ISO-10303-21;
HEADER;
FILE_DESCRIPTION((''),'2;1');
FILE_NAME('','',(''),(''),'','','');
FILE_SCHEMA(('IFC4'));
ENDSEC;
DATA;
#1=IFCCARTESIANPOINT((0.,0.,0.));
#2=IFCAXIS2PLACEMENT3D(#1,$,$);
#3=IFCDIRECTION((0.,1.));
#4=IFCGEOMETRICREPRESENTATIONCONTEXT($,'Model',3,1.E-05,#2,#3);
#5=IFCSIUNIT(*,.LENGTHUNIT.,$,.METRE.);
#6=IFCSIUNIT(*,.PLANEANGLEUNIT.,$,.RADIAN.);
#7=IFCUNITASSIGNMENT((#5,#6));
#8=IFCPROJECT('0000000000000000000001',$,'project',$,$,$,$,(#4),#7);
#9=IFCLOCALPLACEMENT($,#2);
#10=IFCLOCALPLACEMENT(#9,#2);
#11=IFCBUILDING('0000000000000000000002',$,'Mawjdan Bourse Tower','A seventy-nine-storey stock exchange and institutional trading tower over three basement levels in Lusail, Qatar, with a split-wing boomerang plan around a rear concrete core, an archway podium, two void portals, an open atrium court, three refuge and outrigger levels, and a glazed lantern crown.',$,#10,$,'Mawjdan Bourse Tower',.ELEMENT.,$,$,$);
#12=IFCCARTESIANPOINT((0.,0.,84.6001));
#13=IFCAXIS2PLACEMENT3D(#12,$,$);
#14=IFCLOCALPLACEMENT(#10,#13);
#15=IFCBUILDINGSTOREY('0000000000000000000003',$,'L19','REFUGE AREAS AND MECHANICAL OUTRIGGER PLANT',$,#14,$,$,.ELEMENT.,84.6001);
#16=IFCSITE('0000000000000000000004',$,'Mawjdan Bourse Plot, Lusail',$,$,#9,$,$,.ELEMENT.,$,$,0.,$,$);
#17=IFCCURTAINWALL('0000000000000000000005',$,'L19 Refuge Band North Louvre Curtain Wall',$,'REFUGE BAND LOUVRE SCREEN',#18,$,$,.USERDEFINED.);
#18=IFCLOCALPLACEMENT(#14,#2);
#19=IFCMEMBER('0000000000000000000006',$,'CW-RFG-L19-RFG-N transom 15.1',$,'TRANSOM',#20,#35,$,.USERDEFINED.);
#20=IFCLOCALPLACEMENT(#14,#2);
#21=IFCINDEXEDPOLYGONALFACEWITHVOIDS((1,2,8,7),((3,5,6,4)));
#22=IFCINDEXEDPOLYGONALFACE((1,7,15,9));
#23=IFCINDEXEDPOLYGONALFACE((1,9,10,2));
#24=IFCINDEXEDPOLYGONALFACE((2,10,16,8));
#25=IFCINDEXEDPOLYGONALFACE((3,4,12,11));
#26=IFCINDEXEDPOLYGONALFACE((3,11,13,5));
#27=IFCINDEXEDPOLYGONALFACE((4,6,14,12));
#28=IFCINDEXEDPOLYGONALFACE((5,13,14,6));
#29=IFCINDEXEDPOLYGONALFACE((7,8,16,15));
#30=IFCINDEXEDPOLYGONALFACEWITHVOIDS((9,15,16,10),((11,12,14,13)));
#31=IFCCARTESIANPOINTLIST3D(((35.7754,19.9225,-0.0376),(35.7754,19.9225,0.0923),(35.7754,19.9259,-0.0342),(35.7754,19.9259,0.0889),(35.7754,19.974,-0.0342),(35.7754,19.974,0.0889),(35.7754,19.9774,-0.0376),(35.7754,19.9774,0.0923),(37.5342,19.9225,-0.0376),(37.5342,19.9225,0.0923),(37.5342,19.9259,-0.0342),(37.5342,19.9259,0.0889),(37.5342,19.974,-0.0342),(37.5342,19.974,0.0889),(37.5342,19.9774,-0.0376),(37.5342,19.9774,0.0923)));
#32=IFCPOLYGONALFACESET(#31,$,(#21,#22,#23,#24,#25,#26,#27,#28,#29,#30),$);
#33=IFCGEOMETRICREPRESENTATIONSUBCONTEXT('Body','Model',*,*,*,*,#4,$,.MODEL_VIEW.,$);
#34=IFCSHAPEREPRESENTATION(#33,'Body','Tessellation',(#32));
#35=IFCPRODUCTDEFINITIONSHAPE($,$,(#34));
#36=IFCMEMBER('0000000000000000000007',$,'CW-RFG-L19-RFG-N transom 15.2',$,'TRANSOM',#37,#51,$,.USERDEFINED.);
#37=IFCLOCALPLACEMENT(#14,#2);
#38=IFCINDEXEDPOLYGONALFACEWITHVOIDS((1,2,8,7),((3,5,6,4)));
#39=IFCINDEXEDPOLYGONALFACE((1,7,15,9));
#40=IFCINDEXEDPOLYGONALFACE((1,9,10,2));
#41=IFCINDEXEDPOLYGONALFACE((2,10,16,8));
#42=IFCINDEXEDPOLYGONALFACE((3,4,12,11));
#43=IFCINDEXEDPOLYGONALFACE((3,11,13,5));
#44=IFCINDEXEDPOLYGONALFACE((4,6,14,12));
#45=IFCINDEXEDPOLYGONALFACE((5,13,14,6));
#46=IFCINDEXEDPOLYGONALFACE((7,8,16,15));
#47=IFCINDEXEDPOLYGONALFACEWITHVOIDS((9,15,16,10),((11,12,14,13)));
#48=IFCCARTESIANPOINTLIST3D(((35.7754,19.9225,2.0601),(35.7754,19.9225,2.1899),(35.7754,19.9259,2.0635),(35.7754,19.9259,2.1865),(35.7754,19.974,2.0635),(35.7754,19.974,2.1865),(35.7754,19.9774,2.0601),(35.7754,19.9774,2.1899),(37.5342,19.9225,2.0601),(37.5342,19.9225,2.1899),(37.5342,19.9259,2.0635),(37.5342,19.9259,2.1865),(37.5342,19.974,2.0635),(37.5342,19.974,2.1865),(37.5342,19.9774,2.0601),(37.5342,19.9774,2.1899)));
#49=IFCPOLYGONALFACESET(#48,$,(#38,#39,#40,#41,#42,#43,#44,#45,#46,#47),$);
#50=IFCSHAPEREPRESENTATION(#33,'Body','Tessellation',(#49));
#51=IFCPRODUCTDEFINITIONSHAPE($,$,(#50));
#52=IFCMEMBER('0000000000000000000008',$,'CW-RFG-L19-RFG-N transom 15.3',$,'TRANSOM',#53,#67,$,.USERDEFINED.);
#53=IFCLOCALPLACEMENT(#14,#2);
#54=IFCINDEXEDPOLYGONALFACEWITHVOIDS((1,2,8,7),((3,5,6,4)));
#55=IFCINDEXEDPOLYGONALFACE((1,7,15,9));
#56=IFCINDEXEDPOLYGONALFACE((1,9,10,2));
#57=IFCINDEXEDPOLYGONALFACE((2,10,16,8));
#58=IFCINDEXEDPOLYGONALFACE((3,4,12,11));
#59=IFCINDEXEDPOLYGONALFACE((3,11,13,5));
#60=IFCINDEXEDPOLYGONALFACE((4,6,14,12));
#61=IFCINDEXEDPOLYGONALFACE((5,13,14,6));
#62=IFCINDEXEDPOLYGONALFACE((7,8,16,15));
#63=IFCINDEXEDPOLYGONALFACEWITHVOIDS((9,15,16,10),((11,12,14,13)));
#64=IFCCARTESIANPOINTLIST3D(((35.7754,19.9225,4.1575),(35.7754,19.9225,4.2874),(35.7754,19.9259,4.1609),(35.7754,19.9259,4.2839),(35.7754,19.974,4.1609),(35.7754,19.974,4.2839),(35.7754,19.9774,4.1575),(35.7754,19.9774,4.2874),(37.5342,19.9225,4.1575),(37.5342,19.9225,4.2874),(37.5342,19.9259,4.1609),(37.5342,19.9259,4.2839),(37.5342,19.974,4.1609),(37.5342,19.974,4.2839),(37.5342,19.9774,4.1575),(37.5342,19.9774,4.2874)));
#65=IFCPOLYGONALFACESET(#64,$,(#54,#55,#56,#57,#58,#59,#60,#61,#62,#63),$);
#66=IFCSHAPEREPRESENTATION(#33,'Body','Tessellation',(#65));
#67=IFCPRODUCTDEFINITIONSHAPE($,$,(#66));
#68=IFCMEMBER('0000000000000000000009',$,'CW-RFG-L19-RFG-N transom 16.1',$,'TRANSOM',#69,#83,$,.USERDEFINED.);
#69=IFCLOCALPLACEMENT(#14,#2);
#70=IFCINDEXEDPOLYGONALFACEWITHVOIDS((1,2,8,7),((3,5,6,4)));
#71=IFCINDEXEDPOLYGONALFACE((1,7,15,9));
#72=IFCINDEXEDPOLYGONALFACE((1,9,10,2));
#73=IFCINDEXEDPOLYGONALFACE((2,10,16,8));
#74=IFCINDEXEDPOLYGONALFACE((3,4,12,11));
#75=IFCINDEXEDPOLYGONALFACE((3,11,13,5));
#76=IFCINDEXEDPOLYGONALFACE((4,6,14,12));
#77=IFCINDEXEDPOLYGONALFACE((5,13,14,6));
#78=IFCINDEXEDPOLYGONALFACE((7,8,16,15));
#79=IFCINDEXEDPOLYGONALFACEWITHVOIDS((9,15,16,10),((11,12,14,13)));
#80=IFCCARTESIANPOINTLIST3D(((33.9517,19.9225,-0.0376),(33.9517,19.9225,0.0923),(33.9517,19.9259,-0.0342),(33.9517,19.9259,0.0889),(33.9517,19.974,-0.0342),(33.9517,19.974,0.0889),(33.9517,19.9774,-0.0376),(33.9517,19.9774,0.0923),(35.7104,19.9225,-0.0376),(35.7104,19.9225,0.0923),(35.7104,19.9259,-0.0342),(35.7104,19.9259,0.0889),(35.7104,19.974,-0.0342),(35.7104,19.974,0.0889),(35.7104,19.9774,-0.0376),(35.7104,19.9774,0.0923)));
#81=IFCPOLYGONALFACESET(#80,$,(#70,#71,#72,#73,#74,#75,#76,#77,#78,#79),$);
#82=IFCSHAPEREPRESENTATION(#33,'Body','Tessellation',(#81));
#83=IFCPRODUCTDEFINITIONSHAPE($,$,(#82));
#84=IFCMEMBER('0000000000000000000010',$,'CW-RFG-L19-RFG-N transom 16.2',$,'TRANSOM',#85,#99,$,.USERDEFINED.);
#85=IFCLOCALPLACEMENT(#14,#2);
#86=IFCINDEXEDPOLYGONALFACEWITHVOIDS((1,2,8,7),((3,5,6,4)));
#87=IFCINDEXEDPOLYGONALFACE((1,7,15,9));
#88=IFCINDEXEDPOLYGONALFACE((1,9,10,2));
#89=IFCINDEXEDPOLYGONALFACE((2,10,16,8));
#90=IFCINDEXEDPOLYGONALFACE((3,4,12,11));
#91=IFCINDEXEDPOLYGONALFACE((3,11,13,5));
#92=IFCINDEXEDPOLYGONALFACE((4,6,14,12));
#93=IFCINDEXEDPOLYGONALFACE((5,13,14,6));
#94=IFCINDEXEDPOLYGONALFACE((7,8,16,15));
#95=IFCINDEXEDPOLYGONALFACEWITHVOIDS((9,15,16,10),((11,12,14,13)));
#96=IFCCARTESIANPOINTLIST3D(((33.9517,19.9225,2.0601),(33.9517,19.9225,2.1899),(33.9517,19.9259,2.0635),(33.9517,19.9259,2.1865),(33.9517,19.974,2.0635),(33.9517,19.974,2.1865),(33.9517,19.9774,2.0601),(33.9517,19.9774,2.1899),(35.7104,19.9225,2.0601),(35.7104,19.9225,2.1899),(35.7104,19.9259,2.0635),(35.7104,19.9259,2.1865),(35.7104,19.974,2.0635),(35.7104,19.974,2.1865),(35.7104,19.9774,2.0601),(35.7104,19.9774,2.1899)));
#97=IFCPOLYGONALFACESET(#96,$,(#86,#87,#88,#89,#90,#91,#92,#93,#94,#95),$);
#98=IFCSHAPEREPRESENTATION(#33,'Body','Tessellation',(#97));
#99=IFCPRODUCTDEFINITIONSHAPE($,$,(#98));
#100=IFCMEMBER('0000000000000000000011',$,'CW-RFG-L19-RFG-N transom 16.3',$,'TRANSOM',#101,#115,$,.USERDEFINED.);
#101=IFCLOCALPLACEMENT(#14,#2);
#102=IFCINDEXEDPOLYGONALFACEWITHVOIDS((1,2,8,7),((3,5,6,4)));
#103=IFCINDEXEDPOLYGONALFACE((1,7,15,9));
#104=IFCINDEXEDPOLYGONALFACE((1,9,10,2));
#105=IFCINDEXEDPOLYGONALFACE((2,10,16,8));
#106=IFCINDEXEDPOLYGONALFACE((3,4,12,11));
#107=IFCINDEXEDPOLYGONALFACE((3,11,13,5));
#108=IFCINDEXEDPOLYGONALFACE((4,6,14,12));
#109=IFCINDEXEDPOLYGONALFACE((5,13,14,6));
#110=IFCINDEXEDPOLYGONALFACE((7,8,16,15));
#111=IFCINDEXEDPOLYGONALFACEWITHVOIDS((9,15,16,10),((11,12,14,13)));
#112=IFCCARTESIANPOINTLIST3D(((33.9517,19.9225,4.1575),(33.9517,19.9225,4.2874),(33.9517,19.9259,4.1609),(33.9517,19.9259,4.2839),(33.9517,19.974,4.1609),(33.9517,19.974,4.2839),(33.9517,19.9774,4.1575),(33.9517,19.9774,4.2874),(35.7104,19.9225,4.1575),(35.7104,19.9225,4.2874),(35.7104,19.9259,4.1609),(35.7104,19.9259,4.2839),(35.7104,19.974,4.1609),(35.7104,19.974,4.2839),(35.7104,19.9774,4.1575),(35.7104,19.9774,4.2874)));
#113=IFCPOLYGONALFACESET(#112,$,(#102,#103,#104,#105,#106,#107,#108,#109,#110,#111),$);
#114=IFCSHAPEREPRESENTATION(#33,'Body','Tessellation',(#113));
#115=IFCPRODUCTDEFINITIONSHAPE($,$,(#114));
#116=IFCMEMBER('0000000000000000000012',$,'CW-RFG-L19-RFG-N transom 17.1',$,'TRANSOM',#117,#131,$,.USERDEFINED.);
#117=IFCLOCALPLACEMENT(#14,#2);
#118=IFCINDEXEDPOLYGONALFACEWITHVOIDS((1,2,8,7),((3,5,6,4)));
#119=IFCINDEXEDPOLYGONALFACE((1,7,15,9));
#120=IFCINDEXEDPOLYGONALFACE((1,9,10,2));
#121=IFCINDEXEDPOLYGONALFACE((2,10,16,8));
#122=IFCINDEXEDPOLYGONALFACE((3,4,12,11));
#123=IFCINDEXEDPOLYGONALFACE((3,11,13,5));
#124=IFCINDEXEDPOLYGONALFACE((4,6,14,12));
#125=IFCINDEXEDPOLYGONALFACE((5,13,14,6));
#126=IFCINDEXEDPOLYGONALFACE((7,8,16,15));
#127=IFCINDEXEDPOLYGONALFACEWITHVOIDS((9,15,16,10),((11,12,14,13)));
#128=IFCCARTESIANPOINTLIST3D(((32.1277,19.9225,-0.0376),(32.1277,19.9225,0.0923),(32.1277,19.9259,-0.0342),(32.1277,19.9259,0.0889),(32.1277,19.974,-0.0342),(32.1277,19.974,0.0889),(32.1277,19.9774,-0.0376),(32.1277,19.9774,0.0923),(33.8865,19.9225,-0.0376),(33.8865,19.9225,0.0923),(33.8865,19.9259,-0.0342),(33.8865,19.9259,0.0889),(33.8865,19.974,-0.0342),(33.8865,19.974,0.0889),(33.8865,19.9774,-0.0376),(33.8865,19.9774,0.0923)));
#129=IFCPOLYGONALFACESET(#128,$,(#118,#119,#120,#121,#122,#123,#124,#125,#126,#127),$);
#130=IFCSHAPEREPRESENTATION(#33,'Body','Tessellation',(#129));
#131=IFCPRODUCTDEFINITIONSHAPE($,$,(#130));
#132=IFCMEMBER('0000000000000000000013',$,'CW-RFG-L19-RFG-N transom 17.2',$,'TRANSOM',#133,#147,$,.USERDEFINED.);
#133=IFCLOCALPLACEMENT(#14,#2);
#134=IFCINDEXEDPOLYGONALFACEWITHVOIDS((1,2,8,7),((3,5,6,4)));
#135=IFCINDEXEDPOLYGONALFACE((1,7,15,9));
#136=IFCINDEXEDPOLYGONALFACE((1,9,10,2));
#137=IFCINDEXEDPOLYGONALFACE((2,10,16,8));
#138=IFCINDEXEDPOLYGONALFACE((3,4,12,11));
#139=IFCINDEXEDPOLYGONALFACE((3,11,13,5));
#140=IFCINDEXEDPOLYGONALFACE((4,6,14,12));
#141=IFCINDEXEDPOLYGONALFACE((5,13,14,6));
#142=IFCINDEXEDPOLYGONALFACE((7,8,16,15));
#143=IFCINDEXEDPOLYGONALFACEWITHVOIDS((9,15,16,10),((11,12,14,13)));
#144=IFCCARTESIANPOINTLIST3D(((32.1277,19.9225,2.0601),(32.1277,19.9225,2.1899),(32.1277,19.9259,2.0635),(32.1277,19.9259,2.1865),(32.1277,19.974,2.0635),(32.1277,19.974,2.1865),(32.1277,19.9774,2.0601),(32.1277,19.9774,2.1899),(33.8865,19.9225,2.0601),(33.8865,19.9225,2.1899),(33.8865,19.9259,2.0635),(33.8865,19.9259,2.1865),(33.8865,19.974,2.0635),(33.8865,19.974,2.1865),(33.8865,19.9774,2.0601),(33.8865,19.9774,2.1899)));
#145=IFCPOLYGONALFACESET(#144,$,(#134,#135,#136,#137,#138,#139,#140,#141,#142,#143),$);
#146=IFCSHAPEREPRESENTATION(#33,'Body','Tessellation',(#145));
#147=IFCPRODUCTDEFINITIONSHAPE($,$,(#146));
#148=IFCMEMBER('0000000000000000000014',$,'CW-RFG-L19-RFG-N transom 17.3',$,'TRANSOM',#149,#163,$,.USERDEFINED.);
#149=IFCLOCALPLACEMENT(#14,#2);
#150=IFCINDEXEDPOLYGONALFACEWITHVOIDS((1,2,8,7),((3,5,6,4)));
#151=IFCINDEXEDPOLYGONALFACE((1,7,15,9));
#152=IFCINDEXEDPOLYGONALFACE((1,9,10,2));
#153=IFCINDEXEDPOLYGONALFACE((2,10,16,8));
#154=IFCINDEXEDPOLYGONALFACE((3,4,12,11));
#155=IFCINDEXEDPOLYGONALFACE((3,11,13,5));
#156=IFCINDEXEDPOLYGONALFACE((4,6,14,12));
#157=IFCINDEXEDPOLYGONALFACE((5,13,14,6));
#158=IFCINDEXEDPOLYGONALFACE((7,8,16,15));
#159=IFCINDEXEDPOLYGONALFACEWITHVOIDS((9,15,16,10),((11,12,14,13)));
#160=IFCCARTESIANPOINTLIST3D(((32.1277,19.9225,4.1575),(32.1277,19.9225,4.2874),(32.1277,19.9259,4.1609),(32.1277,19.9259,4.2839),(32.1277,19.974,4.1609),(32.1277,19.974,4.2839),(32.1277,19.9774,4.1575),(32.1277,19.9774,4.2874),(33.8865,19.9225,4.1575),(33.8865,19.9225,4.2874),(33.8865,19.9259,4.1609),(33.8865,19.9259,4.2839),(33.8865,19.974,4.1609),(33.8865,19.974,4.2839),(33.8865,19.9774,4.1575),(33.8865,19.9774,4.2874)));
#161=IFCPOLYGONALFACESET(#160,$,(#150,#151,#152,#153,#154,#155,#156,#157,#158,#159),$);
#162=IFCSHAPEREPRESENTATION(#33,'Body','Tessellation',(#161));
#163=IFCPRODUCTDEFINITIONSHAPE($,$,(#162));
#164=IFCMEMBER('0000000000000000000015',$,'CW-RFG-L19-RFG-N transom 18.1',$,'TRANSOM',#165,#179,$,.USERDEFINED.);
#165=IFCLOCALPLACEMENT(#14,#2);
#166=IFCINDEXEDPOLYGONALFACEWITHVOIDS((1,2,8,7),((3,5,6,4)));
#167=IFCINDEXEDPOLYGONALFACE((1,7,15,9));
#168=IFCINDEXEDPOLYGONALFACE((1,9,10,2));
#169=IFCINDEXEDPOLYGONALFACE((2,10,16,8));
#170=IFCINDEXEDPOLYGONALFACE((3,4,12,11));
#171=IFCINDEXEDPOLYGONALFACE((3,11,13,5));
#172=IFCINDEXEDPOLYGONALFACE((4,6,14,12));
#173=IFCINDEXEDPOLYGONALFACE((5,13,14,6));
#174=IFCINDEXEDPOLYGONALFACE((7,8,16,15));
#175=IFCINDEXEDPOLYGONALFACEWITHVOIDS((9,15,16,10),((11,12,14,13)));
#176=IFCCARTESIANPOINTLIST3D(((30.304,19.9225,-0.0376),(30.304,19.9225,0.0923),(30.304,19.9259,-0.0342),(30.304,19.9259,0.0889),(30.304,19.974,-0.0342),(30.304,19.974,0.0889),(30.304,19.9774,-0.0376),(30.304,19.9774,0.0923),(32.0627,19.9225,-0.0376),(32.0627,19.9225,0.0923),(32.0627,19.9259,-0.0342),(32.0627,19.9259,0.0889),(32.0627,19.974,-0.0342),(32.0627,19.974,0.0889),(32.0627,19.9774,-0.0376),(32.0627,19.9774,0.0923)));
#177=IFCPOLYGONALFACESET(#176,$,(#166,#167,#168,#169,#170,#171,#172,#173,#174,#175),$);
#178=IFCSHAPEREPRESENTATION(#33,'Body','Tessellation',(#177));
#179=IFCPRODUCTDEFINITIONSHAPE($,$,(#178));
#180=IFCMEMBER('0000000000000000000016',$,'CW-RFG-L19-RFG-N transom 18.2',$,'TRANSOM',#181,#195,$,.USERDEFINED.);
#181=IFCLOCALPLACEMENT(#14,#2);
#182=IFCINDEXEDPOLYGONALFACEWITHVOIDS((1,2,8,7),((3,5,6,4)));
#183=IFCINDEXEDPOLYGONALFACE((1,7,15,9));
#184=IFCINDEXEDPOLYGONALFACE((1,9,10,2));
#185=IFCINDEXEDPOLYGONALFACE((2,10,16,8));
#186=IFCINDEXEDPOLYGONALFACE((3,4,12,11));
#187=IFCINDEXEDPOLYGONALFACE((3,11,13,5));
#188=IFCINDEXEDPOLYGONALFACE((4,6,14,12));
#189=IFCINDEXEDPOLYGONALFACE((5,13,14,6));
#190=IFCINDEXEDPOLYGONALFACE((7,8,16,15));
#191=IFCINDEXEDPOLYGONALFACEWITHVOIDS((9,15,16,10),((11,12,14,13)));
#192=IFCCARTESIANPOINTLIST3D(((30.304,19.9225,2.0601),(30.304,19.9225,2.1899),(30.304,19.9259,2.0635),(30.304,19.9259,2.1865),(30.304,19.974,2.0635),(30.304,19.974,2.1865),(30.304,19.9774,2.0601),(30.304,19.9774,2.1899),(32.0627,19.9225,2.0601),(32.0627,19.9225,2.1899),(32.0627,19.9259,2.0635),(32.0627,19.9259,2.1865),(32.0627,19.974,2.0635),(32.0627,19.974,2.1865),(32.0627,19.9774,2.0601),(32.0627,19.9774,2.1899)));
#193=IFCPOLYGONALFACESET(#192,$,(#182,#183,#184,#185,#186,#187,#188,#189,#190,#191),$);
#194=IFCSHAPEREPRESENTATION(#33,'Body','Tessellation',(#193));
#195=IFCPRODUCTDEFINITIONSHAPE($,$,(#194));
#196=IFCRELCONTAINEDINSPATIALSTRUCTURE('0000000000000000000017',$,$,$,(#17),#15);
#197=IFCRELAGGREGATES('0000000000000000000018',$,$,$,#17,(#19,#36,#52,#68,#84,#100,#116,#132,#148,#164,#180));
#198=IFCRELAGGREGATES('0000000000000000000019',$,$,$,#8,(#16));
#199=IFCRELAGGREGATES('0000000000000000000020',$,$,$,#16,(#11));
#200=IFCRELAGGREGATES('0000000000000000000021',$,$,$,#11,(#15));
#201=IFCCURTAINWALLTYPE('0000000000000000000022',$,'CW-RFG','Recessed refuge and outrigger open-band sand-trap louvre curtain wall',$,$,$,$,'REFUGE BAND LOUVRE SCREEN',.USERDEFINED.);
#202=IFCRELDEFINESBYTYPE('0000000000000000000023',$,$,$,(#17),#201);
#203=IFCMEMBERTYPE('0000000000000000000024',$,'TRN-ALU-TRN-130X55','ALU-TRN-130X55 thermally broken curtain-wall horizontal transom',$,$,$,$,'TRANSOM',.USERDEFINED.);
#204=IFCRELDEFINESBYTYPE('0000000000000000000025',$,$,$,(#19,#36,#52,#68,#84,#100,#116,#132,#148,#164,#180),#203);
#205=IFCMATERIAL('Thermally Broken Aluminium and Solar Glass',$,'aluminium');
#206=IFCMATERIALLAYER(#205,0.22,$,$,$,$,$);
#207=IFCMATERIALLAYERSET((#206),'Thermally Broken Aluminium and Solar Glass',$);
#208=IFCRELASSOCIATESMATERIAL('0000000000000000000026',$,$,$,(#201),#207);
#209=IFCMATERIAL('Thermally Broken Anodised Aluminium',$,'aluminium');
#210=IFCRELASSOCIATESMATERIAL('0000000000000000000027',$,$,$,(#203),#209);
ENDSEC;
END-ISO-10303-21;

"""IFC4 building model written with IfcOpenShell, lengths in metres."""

from ifc_helpers import new_model, si_unit, direction, frame, origin, origin_2d, place, context, subcontext, project, spatial, hollow_rectangle, extrude, material, layer, layer_set, material_profile, profile_set, type_object, element, aggregate, save


model = new_model("IFC4")

# Units and contexts
model_context = context("Model", 3, precision=1e-05, world=origin(), true_north=direction((0.0, 1.0)))
body_context = subcontext(model_context, "Body", "Model", "MODEL_VIEW")
ifc_project = project(units=[si_unit("LENGTHUNIT", "METRE"), si_unit("PLANEANGLEUNIT", "RADIAN")], contexts=[model_context])

# Site, building, storey
site_placement = place(None, origin())
site = spatial("IfcSite", under=ifc_project, at=site_placement, Name="Mawjdan Bourse Plot, Lusail", CompositionType="ELEMENT", RefElevation=0.0)
building_placement = place(site_placement, origin())
building = spatial("IfcBuilding", under=site, at=building_placement, Name="Mawjdan Bourse Tower", Description="A seventy-nine-storey stock exchange and institutional trading tower over three basement levels in Lusail, Qatar, with a split-wing boomerang plan around a rear concrete core, an archway podium, two void portals, an open atrium court, three refuge and outrigger levels, and a glazed lantern crown.", LongName="Mawjdan Bourse Tower", CompositionType="ELEMENT")
storey_placement = place(building_placement, frame((0.0, 0.0, 84.6001)))
storey = spatial("IfcBuildingStorey", under=building, at=storey_placement, Name="L19", Description="REFUGE AREAS AND MECHANICAL OUTRIGGER PLANT", CompositionType="ELEMENT", Elevation=84.6001)

# Curtain wall
ifc_material_1 = material(Name="Thermally Broken Aluminium and Solar Glass", Category="aluminium")
ifc_layer_1 = layer(ifc_material_1, 0.22)
ifc_layer_set_1 = layer_set([ifc_layer_1], Name="Thermally Broken Aluminium and Solar Glass")
curtain_wall_type = type_object("IfcCurtainWallType", Name="CW-RFG", Description="Recessed refuge and outrigger open-band sand-trap louvre curtain wall", ElementType="REFUGE BAND LOUVRE SCREEN", PredefinedType="USERDEFINED", material=ifc_layer_set_1)
curtain_wall_placement = place(storey_placement, origin())
curtain_wall = element("IfcCurtainWall", 1, at=curtain_wall_placement, inside=storey, type_object=curtain_wall_type, Name="L19 Refuge Band North Louvre Curtain Wall", ObjectType="REFUGE BAND LOUVRE SCREEN", PredefinedType="USERDEFINED")
ifc_material_2 = material(Name="Thermally Broken Anodised Aluminium", Category="aluminium")

# Members
ifc_material_profile_1 = material_profile(ifc_material_2, hollow_rectangle(XDim=0.0549, YDim=0.1299, WallThickness=0.0034, at=origin_2d()), Name="ALU-TRN-130X55")
ifc_profile_set_1 = profile_set([ifc_material_profile_1], Name="Thermally Broken Anodised Aluminium")
member_type_1 = type_object("IfcMemberType", Name="TRN-ALU-TRN-130X55", Description="ALU-TRN-130X55 thermally broken curtain-wall horizontal transom", ElementType="TRANSOM", PredefinedType="USERDEFINED", material=ifc_profile_set_1)
member_1_placement = place(storey_placement, frame((37.5342, 19.95, 0.0273), z_axis=(-1.0, 0.0, 0.0), x_axis=(0.0, -1.0, 0.0)))
member_1 = element("IfcMember", 2, at=member_1_placement, type_object=member_type_1, Name="CW-RFG-L19-RFG-N transom 15.1", ObjectType="TRANSOM", PredefinedType="USERDEFINED", context=body_context, shape_type="SweptSolid", body=[
    extrude(hollow_rectangle(XDim=0.0549, YDim=0.1299, WallThickness=0.0034, at=origin_2d()), origin(), (0.0, 0.0, 1.0), 1.7588),
])
member_2_placement = place(storey_placement, frame((37.5342, 19.95, 2.125), z_axis=(-1.0, 0.0, 0.0), x_axis=(0.0, -1.0, 0.0)))
member_2 = element("IfcMember", 3, at=member_2_placement, type_object=member_type_1, Name="CW-RFG-L19-RFG-N transom 15.2", ObjectType="TRANSOM", PredefinedType="USERDEFINED", context=body_context, shape_type="SweptSolid", body=[
    extrude(hollow_rectangle(XDim=0.0549, YDim=0.1299, WallThickness=0.0034, at=origin_2d()), origin(), (0.0, 0.0, 1.0), 1.7588),
])
member_3_placement = place(storey_placement, frame((37.5342, 19.95, 4.2224), z_axis=(-1.0, 0.0, 0.0), x_axis=(0.0, -1.0, 0.0)))
member_3 = element("IfcMember", 4, at=member_3_placement, type_object=member_type_1, Name="CW-RFG-L19-RFG-N transom 15.3", ObjectType="TRANSOM", PredefinedType="USERDEFINED", context=body_context, shape_type="SweptSolid", body=[
    extrude(hollow_rectangle(XDim=0.0549, YDim=0.1299, WallThickness=0.0034, at=origin_2d()), origin(), (0.0, 0.0, 1.0), 1.7588),
])
member_4_placement = place(storey_placement, frame((35.7104, 19.95, 0.0273), z_axis=(-1.0, 0.0, 0.0), x_axis=(0.0, -1.0, 0.0)))
member_4 = element("IfcMember", 5, at=member_4_placement, type_object=member_type_1, Name="CW-RFG-L19-RFG-N transom 16.1", ObjectType="TRANSOM", PredefinedType="USERDEFINED", context=body_context, shape_type="SweptSolid", body=[
    extrude(hollow_rectangle(XDim=0.0549, YDim=0.1299, WallThickness=0.0034, at=origin_2d()), origin(), (0.0, 0.0, 1.0), 1.7588),
])
member_5_placement = place(storey_placement, frame((35.7104, 19.95, 2.125), z_axis=(-1.0, 0.0, 0.0), x_axis=(0.0, -1.0, 0.0)))
member_5 = element("IfcMember", 6, at=member_5_placement, type_object=member_type_1, Name="CW-RFG-L19-RFG-N transom 16.2", ObjectType="TRANSOM", PredefinedType="USERDEFINED", context=body_context, shape_type="SweptSolid", body=[
    extrude(hollow_rectangle(XDim=0.0549, YDim=0.1299, WallThickness=0.0034, at=origin_2d()), origin(), (0.0, 0.0, 1.0), 1.7588),
])
member_6_placement = place(storey_placement, frame((35.7104, 19.95, 4.2224), z_axis=(-1.0, 0.0, 0.0), x_axis=(0.0, -1.0, 0.0)))
member_6 = element("IfcMember", 7, at=member_6_placement, type_object=member_type_1, Name="CW-RFG-L19-RFG-N transom 16.3", ObjectType="TRANSOM", PredefinedType="USERDEFINED", context=body_context, shape_type="SweptSolid", body=[
    extrude(hollow_rectangle(XDim=0.0549, YDim=0.1299, WallThickness=0.0034, at=origin_2d()), origin(), (0.0, 0.0, 1.0), 1.7588),
])
member_7_placement = place(storey_placement, frame((33.8865, 19.95, 0.0273), z_axis=(-1.0, 0.0, 0.0), x_axis=(0.0, -1.0, 0.0)))
member_7 = element("IfcMember", 8, at=member_7_placement, type_object=member_type_1, Name="CW-RFG-L19-RFG-N transom 17.1", ObjectType="TRANSOM", PredefinedType="USERDEFINED", context=body_context, shape_type="SweptSolid", body=[
    extrude(hollow_rectangle(XDim=0.0549, YDim=0.1299, WallThickness=0.0034, at=origin_2d()), origin(), (0.0, 0.0, 1.0), 1.7588),
])
member_8_placement = place(storey_placement, frame((33.8865, 19.95, 2.125), z_axis=(-1.0, 0.0, 0.0), x_axis=(0.0, -1.0, 0.0)))
member_8 = element("IfcMember", 9, at=member_8_placement, type_object=member_type_1, Name="CW-RFG-L19-RFG-N transom 17.2", ObjectType="TRANSOM", PredefinedType="USERDEFINED", context=body_context, shape_type="SweptSolid", body=[
    extrude(hollow_rectangle(XDim=0.0549, YDim=0.1299, WallThickness=0.0034, at=origin_2d()), origin(), (0.0, 0.0, 1.0), 1.7588),
])
member_9_placement = place(storey_placement, frame((33.8865, 19.95, 4.2224), z_axis=(-1.0, 0.0, 0.0), x_axis=(0.0, -1.0, 0.0)))
member_9 = element("IfcMember", 10, at=member_9_placement, type_object=member_type_1, Name="CW-RFG-L19-RFG-N transom 17.3", ObjectType="TRANSOM", PredefinedType="USERDEFINED", context=body_context, shape_type="SweptSolid", body=[
    extrude(hollow_rectangle(XDim=0.0549, YDim=0.1299, WallThickness=0.0034, at=origin_2d()), origin(), (0.0, 0.0, 1.0), 1.7588),
])
member_10_placement = place(storey_placement, frame((32.0627, 19.95, 0.0273), z_axis=(-1.0, 0.0, 0.0), x_axis=(0.0, -1.0, 0.0)))
member_10 = element("IfcMember", 11, at=member_10_placement, type_object=member_type_1, Name="CW-RFG-L19-RFG-N transom 18.1", ObjectType="TRANSOM", PredefinedType="USERDEFINED", context=body_context, shape_type="SweptSolid", body=[
    extrude(hollow_rectangle(XDim=0.0549, YDim=0.1299, WallThickness=0.0034, at=origin_2d()), origin(), (0.0, 0.0, 1.0), 1.7588),
])
member_11_placement = place(storey_placement, frame((32.0627, 19.95, 2.125), z_axis=(-1.0, 0.0, 0.0), x_axis=(0.0, -1.0, 0.0)))
member_11 = element("IfcMember", 12, at=member_11_placement, type_object=member_type_1, Name="CW-RFG-L19-RFG-N transom 18.2", ObjectType="TRANSOM", PredefinedType="USERDEFINED", context=body_context, shape_type="SweptSolid", body=[
    extrude(hollow_rectangle(XDim=0.0549, YDim=0.1299, WallThickness=0.0034, at=origin_2d()), origin(), (0.0, 0.0, 1.0), 1.7588),
])

aggregate(curtain_wall, [member_1, member_2, member_3, member_4, member_5, member_6, member_7, member_8, member_9, member_10, member_11])

save(model, "model.ifc")
